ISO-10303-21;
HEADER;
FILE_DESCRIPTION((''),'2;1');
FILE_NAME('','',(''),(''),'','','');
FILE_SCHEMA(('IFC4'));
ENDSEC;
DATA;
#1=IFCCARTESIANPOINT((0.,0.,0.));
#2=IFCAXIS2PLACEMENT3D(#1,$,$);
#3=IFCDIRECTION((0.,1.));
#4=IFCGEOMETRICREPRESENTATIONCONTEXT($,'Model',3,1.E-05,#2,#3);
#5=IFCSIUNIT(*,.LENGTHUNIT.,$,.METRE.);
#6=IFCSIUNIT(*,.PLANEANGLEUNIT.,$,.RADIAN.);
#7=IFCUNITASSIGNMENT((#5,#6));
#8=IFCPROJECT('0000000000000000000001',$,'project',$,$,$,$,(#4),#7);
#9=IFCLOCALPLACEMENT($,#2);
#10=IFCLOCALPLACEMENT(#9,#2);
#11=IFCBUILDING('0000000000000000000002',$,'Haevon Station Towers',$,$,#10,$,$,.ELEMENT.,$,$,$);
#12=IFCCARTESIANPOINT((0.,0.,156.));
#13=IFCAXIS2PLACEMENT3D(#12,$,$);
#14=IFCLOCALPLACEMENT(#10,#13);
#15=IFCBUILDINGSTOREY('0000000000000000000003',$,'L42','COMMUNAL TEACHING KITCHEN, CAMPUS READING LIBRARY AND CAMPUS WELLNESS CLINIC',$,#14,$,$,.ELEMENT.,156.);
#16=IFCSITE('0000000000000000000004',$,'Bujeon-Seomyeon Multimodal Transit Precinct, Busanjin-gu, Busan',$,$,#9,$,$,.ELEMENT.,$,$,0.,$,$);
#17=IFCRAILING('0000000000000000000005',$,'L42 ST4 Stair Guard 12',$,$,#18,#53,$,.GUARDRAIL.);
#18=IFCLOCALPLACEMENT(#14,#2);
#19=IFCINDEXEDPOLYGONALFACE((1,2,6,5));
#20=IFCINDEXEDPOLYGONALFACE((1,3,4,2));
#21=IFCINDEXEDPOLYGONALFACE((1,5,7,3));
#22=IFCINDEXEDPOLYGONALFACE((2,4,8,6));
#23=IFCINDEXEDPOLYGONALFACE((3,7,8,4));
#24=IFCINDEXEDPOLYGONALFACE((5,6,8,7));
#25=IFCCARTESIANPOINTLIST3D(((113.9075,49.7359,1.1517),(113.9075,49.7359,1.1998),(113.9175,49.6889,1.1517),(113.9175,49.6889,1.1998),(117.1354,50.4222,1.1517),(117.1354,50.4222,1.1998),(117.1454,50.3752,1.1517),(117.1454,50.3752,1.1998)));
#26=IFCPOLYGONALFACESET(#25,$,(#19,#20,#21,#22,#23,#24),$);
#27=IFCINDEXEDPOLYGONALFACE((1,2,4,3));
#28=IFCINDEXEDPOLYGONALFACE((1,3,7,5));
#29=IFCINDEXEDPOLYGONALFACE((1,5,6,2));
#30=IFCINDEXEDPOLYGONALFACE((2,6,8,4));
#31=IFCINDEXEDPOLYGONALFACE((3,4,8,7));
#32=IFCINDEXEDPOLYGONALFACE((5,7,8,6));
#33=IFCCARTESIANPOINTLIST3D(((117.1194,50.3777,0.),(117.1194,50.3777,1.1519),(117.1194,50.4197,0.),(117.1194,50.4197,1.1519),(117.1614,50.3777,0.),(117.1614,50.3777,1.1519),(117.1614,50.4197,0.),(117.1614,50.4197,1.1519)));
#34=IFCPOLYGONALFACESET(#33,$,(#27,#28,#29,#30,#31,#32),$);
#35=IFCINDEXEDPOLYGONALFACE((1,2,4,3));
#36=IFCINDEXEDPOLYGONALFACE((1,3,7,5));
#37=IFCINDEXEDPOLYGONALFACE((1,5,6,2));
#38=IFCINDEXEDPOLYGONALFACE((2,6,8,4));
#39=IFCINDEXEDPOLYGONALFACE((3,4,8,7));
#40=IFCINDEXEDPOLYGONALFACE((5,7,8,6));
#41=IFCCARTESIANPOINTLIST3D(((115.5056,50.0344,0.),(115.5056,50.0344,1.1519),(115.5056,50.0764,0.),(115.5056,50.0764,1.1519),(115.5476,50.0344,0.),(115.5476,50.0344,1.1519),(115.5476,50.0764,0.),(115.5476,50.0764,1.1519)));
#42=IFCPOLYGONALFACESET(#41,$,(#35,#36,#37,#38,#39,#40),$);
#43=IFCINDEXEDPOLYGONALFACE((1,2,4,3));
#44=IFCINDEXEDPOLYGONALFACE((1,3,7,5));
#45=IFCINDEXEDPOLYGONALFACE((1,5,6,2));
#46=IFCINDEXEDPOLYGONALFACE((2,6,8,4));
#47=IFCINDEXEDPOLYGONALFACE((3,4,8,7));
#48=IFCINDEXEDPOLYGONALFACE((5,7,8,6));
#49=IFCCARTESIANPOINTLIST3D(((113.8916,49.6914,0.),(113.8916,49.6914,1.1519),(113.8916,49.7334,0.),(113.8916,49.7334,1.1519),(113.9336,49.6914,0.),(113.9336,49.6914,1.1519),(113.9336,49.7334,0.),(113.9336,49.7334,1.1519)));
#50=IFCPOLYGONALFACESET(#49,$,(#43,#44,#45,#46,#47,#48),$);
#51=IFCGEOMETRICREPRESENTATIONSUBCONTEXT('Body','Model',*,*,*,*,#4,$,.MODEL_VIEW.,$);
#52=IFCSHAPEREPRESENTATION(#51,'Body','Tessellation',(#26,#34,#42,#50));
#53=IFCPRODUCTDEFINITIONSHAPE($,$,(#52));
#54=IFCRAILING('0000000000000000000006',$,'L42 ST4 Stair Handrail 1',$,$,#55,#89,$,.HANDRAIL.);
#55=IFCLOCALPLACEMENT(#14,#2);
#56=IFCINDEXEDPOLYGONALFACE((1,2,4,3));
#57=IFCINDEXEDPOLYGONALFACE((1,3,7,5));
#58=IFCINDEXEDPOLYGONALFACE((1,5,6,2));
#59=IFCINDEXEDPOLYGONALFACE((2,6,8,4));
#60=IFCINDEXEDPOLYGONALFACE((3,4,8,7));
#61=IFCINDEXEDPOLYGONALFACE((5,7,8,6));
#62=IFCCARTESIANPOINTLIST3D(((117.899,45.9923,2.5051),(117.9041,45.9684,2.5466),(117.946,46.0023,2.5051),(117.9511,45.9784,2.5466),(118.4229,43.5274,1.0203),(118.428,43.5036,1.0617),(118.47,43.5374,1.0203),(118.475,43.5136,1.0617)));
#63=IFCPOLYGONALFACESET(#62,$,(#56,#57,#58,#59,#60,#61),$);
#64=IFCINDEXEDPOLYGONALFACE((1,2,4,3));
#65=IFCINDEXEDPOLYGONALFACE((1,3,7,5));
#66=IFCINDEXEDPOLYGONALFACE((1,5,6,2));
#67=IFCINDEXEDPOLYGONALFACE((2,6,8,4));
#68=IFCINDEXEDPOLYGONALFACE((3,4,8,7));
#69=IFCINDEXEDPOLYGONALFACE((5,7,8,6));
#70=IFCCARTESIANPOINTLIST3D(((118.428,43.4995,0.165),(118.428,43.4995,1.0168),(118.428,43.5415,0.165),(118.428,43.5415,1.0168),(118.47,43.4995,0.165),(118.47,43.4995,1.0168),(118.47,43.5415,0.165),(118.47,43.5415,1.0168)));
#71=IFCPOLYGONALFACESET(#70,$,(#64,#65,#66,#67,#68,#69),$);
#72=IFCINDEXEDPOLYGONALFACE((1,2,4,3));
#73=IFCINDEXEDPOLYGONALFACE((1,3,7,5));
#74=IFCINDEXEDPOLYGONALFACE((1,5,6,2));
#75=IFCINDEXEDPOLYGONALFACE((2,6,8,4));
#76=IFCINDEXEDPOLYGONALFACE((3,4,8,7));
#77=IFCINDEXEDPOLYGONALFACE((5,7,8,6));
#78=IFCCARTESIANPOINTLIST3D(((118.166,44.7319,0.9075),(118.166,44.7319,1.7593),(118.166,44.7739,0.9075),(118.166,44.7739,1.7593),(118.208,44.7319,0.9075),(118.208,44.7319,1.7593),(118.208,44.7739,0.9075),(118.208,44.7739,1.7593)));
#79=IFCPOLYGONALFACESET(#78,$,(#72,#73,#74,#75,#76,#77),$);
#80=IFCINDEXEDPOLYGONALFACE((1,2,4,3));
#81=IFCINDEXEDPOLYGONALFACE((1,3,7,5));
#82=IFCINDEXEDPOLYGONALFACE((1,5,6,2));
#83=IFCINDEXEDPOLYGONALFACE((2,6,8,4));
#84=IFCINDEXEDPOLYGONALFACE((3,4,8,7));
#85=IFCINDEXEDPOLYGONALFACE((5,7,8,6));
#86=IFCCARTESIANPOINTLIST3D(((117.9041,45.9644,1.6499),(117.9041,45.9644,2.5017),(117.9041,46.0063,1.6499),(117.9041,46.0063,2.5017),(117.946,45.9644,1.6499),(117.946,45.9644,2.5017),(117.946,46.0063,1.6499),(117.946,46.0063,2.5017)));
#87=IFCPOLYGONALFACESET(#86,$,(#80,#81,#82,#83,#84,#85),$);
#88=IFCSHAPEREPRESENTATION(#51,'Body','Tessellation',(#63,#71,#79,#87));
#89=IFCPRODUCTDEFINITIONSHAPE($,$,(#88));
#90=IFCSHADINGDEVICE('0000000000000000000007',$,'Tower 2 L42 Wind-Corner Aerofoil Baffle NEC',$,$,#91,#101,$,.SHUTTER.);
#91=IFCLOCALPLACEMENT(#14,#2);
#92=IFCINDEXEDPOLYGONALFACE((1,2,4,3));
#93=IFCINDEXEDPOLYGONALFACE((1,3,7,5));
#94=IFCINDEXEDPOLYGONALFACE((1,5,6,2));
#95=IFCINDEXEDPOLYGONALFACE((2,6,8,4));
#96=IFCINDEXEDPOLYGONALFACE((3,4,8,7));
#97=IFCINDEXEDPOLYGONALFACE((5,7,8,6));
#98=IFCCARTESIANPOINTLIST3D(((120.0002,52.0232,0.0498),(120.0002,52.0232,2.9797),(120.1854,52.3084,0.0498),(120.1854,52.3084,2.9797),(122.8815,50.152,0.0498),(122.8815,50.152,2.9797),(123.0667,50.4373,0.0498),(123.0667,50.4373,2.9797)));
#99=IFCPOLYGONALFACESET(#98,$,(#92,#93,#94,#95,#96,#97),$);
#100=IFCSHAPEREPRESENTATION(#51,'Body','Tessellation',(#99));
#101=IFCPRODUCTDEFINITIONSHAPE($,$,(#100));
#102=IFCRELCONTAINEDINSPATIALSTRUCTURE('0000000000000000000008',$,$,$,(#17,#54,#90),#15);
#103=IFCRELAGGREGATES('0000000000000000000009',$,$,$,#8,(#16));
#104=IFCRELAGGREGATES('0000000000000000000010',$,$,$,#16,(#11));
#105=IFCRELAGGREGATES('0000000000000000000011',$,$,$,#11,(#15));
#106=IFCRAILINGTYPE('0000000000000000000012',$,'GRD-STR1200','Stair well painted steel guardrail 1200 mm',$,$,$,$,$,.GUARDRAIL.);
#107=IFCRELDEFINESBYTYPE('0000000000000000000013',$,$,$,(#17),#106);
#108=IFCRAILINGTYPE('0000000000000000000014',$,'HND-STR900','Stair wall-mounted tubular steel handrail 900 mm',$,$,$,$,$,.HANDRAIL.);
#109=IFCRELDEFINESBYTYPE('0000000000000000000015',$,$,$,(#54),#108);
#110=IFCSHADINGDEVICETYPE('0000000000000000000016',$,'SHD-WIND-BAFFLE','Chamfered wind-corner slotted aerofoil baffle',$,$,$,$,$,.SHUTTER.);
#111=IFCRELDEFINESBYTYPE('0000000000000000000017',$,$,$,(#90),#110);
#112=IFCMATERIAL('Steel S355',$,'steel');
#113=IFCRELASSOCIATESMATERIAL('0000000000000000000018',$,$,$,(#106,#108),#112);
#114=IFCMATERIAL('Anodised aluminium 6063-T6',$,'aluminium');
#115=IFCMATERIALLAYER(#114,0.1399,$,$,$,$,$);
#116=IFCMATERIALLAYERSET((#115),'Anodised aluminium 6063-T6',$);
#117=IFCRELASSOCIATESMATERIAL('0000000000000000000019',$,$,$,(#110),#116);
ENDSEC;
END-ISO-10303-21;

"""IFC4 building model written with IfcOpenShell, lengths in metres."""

from ifc_helpers import new_model, si_unit, direction, frame, origin, origin_2d, place, context, subcontext, project, spatial, rectangle, extrude, material, layer, layer_set, type_object, element, save


model = new_model("IFC4")

# Units and contexts
model_context = context("Model", 3, precision=1e-05, world=origin(), true_north=direction((0.0, 1.0)))
body_context = subcontext(model_context, "Body", "Model", "MODEL_VIEW")
ifc_project = project(units=[si_unit("LENGTHUNIT", "METRE"), si_unit("PLANEANGLEUNIT", "RADIAN")], contexts=[model_context])

# Site, building, storey
site_placement = place(None, origin())
site = spatial("IfcSite", under=ifc_project, at=site_placement, Name="Bujeon-Seomyeon Multimodal Transit Precinct, Busanjin-gu, Busan", CompositionType="ELEMENT", RefElevation=0.0)
building_placement = place(site_placement, origin())
building = spatial("IfcBuilding", under=site, at=building_placement, Name="Haevon Station Towers", CompositionType="ELEMENT")
storey_placement = place(building_placement, frame((0.0, 0.0, 156.0)))
storey = spatial("IfcBuildingStorey", under=building, at=storey_placement, Name="L42", Description="COMMUNAL TEACHING KITCHEN, CAMPUS READING LIBRARY AND CAMPUS WELLNESS CLINIC", CompositionType="ELEMENT", Elevation=156.0)

# Shared definitions
ifc_material_1 = material(Name="Steel S355", Category="steel")

# Railings
railing_type_1 = type_object("IfcRailingType", Name="GRD-STR1200", Description="Stair well painted steel guardrail 1200 mm", PredefinedType="GUARDRAIL", material=ifc_material_1)
railing_1_placement = place(storey_placement, frame((117.1404, 50.3987, 0.0)))
element("IfcRailing", 1, at=railing_1_placement, inside=storey, type_object=railing_type_1, Name="L42 ST4 Stair Guard 12", PredefinedType="GUARDRAIL", context=body_context, shape_type="SweptSolid", body=[
    extrude(rectangle(XDim=0.0481, YDim=0.0481, at=origin_2d()), frame((0.0, 0.0, 1.1758), z_axis=(-0.978136, -0.207968, 0.0), x_axis=(0.207968, -0.978136, 0.0)), (0.0, 0.0, 1.0), 3.3),
    extrude(rectangle(XDim=0.042, YDim=0.042, at=origin_2d()), origin(), (0.0, 0.0, 1.0), 1.1519),
    extrude(rectangle(XDim=0.042, YDim=0.042, at=origin_2d()), frame((-1.6138, -0.3433, 0.0)), (0.0, 0.0, 1.0), 1.1519),
    extrude(rectangle(XDim=0.042, YDim=0.042, at=origin_2d()), frame((-3.2278, -0.6863, 0.0)), (0.0, 0.0, 1.0), 1.1519),
])
railing_type_2 = type_object("IfcRailingType", Name="HND-STR900", Description="Stair wall-mounted tubular steel handrail 900 mm", PredefinedType="HANDRAIL", material=ifc_material_1)
railing_2_placement = place(storey_placement, frame((118.449, 43.5205, 0.165)))
element("IfcRailing", 2, at=railing_2_placement, inside=storey, type_object=railing_type_2, Name="L42 ST4 Stair Handrail 1", PredefinedType="HANDRAIL", context=body_context, shape_type="SweptSolid", body=[
    extrude(rectangle(XDim=0.0481, YDim=0.0481, at=origin_2d()), frame((0.0, 0.0, 0.876), z_axis=(-0.179129, 0.842724, 0.507671), x_axis=(-0.978147, -0.207914, 0.0)), (0.0, 0.0, 1.0), 2.9248),
    extrude(rectangle(XDim=0.042, YDim=0.042, at=origin_2d()), origin(), (0.0, 0.0, 1.0), 0.8518),
    extrude(rectangle(XDim=0.042, YDim=0.042, at=origin_2d()), frame((-0.262, 1.2324, 0.7424)), (0.0, 0.0, 1.0), 0.8518),
    extrude(rectangle(XDim=0.042, YDim=0.042, at=origin_2d()), frame((-0.5239, 2.4648, 1.4849)), (0.0, 0.0, 1.0), 0.8518),
])

# Shading device
ifc_material_2 = material(Name="Anodised aluminium 6063-T6", Category="aluminium")
ifc_layer_1 = layer(ifc_material_2, 0.1399)
ifc_layer_set_1 = layer_set([ifc_layer_1], Name="Anodised aluminium 6063-T6")
shading_device_type = type_object("IfcShadingDeviceType", Name="SHD-WIND-BAFFLE", Description="Chamfered wind-corner slotted aerofoil baffle", PredefinedType="SHUTTER", material=ifc_layer_set_1)
shading_device_placement = place(storey_placement, frame((121.5334, 51.2302, 0.0498), z_axis=(0.0, 0.0, 1.0), x_axis=(0.838671, -0.544639, 0.0)))
element("IfcShadingDevice", 3, at=shading_device_placement, inside=storey, type_object=shading_device_type, Name="Tower 2 L42 Wind-Corner Aerofoil Baffle NEC", PredefinedType="SHUTTER", context=body_context, shape_type="SweptSolid", body=[
    extrude(rectangle(XDim=3.4355, YDim=0.3401, at=origin_2d()), origin(), (0.0, 0.0, 1.0), 2.9299),
])

save(model, "model.ifc")
